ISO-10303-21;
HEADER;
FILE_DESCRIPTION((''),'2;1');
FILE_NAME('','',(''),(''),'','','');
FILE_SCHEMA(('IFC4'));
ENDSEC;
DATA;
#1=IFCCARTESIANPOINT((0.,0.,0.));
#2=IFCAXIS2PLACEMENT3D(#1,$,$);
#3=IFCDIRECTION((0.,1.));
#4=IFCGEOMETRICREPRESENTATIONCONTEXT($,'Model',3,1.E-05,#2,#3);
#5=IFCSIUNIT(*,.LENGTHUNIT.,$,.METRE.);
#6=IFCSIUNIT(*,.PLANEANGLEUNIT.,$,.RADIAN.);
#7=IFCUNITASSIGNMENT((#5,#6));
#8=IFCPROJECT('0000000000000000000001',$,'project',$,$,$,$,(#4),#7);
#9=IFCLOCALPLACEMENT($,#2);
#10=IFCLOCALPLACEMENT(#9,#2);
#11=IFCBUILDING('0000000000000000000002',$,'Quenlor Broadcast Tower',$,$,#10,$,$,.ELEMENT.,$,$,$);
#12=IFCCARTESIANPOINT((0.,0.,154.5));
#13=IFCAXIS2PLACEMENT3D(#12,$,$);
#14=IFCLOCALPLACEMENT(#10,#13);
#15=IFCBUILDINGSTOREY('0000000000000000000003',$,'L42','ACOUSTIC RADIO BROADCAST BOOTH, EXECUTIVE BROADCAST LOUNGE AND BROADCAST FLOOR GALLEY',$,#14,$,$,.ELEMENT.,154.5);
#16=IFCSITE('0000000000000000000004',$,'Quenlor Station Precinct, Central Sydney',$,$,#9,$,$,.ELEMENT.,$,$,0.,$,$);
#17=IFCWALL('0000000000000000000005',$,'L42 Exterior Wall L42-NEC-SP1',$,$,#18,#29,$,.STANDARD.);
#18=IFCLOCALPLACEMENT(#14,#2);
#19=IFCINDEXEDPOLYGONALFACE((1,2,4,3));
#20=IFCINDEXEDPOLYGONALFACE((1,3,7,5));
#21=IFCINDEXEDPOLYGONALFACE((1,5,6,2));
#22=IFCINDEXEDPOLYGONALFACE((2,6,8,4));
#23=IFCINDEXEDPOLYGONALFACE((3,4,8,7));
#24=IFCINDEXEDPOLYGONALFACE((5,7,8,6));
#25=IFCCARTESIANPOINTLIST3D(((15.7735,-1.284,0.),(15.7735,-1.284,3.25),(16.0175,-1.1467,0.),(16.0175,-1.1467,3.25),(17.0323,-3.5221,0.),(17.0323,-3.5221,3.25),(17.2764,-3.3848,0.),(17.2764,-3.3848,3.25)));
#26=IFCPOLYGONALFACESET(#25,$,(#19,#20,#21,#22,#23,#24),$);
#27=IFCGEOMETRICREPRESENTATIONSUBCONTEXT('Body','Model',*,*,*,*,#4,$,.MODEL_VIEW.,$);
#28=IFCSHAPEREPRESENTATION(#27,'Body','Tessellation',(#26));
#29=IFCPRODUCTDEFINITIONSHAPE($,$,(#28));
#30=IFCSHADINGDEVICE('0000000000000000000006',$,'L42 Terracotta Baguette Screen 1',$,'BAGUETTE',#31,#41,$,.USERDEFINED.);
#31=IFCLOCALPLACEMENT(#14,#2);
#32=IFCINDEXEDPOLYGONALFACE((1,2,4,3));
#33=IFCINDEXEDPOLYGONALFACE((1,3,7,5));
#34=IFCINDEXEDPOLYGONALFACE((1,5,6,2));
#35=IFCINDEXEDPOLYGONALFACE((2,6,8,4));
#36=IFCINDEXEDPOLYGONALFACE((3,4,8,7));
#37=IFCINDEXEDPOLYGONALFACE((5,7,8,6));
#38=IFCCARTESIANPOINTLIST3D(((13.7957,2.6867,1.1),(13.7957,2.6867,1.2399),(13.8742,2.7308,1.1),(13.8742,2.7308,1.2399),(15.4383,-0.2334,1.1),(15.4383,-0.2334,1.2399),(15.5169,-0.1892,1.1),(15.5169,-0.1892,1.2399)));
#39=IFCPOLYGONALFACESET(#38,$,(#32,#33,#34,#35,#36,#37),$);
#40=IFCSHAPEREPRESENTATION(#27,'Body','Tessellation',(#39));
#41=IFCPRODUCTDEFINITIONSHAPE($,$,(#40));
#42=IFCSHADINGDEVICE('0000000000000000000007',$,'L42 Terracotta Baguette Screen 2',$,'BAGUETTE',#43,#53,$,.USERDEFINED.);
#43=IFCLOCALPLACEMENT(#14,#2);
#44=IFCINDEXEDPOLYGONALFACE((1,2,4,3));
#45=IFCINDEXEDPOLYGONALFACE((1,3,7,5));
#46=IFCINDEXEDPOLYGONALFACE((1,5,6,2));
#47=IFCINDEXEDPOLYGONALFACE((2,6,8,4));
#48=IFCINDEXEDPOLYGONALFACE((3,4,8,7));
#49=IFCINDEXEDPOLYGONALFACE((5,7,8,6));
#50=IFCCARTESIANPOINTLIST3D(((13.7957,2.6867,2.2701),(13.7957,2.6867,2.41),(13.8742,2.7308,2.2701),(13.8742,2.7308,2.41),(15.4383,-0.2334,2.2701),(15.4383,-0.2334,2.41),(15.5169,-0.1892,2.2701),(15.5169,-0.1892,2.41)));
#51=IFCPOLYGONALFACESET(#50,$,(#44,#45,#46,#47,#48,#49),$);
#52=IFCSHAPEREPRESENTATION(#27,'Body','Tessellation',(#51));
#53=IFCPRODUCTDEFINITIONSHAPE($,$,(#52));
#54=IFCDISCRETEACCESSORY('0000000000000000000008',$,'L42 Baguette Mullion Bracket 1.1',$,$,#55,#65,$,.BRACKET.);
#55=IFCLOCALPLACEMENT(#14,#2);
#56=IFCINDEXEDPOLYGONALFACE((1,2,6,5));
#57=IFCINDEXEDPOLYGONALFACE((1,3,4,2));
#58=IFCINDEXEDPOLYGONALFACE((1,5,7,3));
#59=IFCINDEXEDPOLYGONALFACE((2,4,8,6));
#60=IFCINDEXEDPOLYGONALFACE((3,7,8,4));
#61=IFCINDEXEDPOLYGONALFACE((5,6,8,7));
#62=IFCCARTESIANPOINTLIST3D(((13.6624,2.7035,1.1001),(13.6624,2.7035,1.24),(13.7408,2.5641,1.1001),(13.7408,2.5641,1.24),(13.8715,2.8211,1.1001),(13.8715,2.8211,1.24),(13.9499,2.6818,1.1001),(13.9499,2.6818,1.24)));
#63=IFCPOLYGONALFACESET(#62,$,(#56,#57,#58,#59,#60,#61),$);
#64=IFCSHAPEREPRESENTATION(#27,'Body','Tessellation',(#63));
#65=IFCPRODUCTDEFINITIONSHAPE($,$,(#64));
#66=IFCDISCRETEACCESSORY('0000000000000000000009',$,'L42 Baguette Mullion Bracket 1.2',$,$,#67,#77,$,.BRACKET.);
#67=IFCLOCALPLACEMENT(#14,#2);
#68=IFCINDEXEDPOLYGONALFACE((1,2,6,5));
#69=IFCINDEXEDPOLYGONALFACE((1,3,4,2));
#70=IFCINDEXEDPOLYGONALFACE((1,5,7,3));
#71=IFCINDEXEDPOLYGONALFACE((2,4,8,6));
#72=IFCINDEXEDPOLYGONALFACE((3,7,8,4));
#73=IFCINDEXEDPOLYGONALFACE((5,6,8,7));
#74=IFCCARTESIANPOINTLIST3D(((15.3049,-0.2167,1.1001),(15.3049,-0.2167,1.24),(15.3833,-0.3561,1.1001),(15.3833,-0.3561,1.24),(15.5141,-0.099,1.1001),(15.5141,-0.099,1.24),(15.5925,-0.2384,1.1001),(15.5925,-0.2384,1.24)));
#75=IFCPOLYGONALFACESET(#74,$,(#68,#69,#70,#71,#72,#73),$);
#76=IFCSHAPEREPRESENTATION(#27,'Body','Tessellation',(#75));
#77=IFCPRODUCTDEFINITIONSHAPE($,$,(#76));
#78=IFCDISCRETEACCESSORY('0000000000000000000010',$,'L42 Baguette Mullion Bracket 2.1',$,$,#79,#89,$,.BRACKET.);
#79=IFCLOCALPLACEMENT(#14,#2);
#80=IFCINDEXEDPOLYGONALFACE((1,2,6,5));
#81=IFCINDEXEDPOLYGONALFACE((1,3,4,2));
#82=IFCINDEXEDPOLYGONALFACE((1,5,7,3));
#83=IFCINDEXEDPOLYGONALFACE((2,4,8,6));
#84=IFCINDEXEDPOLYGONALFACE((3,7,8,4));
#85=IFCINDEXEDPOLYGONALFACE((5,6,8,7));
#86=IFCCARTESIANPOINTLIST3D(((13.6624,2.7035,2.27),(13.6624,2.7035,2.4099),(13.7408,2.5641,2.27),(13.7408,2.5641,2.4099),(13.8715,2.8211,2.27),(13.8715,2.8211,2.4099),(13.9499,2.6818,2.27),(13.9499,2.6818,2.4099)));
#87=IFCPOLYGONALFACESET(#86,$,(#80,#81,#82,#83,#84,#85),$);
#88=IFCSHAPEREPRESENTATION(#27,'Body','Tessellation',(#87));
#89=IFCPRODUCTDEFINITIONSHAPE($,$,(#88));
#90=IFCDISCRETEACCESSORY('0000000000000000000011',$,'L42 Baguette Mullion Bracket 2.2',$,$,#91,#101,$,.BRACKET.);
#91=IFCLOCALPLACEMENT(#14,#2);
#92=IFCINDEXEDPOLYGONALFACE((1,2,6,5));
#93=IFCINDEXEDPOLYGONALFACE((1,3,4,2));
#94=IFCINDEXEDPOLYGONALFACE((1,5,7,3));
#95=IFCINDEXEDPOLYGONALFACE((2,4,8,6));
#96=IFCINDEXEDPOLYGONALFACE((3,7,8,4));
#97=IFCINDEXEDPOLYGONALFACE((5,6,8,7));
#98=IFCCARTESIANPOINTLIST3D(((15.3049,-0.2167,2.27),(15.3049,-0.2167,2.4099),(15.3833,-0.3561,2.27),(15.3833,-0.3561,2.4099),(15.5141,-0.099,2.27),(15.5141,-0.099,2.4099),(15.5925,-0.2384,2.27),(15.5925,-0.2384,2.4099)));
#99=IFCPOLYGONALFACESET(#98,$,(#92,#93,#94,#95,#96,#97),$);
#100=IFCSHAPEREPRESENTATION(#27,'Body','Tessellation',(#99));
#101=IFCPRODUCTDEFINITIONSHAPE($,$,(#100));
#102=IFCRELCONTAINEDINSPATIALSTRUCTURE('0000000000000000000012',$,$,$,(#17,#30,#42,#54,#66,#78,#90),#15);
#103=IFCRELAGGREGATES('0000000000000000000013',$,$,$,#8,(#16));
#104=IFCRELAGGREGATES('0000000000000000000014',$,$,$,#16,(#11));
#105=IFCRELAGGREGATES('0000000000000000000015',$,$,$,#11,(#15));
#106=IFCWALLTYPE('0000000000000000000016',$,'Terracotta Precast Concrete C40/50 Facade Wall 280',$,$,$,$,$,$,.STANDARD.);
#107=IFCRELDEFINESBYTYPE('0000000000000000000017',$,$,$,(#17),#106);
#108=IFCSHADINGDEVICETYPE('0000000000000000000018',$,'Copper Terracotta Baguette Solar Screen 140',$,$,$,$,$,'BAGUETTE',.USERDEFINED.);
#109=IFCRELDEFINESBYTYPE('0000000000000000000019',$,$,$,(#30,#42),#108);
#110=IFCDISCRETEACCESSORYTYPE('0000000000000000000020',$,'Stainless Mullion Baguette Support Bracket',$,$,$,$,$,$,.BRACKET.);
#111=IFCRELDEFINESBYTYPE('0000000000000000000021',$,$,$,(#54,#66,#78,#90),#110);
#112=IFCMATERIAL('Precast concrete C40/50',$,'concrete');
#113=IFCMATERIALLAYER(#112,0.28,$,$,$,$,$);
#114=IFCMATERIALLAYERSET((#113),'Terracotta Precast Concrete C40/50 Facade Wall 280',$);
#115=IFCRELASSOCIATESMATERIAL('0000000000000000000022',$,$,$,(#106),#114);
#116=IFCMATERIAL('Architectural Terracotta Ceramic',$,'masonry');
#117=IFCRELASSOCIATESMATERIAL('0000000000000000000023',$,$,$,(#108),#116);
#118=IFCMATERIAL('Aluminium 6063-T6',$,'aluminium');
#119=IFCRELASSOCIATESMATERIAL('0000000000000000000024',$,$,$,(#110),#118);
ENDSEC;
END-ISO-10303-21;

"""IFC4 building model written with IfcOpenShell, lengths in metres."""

from ifc_helpers import new_model, si_unit, direction, frame, frame_2d, origin, origin_2d, place, context, subcontext, project, spatial, rectangle, extrude, material, layer, layer_set, material_profile, profile_set, type_object, element, save


model = new_model("IFC4")

# Units and contexts
model_context = context("Model", 3, precision=1e-05, world=origin(), true_north=direction((0.0, 1.0)))
body_context = subcontext(model_context, "Body", "Model", "MODEL_VIEW")
ifc_project = project(units=[si_unit("LENGTHUNIT", "METRE"), si_unit("PLANEANGLEUNIT", "RADIAN")], contexts=[model_context])

# Site, building, storey
site_placement = place(None, origin())
site = spatial("IfcSite", under=ifc_project, at=site_placement, Name="Quenlor Station Precinct, Central Sydney", CompositionType="ELEMENT", RefElevation=0.0)
building_placement = place(site_placement, origin())
building = spatial("IfcBuilding", under=site, at=building_placement, Name="Quenlor Broadcast Tower", CompositionType="ELEMENT")
storey_placement = place(building_placement, frame((0.0, 0.0, 154.5)))
storey = spatial("IfcBuildingStorey", under=building, at=storey_placement, Name="L42", Description="ACOUSTIC RADIO BROADCAST BOOTH, EXECUTIVE BROADCAST LOUNGE AND BROADCAST FLOOR GALLEY", CompositionType="ELEMENT", Elevation=154.5)

# Wall
ifc_material_1 = material(Name="Precast concrete C40/50", Category="concrete")
ifc_layer_1 = layer(ifc_material_1, 0.28)
ifc_layer_set_1 = layer_set([ifc_layer_1], Name="Terracotta Precast Concrete C40/50 Facade Wall 280")
wall_type_1 = type_object("IfcWallType", Name="Terracotta Precast Concrete C40/50 Facade Wall 280", PredefinedType="STANDARD", material=ifc_layer_set_1)
wall_1_placement = place(storey_placement, frame((15.8955, -1.2153, 0.0), z_axis=(0.0, 0.0, 1.0), x_axis=(0.49023, -0.871593, 0.0)))
element("IfcWall", 1, at=wall_1_placement, inside=storey, type_object=wall_type_1, Name="L42 Exterior Wall L42-NEC-SP1", PredefinedType="STANDARD", context=body_context, shape_type="SweptSolid", body=[
    extrude(rectangle(XDim=2.5679, YDim=0.28, at=frame_2d((1.2839, 0.0))), origin(), (0.0, 0.0, 1.0), 3.25),
])

# Shading devices
ifc_material_2 = material(Name="Architectural Terracotta Ceramic", Category="masonry")
ifc_material_profile_1 = material_profile(ifc_material_2, rectangle(XDim=0.0901, YDim=0.1399, at=origin_2d()))
ifc_profile_set_1 = profile_set([ifc_material_profile_1], Name="Architectural Terracotta Ceramic BAG90x140")
shading_device_type = type_object("IfcShadingDeviceType", Name="Copper Terracotta Baguette Solar Screen 140", ElementType="BAGUETTE", PredefinedType="USERDEFINED", material=ifc_profile_set_1)
for number, where, z_axis, x_axis, name in (
    (2, (13.835, 2.7087, 1.1699), (0.490289, -0.87156, 0.0), (0.87156, 0.490289, 0.0), "L42 Terracotta Baguette Screen 1"),
    (3, (13.835, 2.7087, 2.3401), (0.490289, -0.87156, 0.0), (0.87156, 0.490289, 0.0), "L42 Terracotta Baguette Screen 2"),
):
    element("IfcShadingDevice", number, at=place(storey_placement, frame(where, z_axis=z_axis, x_axis=x_axis)), inside=storey, type_object=shading_device_type, Name=name, ObjectType="BAGUETTE", PredefinedType="USERDEFINED", context=body_context, shape_type="SweptSolid", body=[
        extrude(rectangle(XDim=0.0901, YDim=0.1399, at=origin_2d()), origin(), (0.0, 0.0, 1.0), 3.3503),
    ])

# Discrete accessories
ifc_material_3 = material(Name="Aluminium 6063-T6", Category="aluminium")
discrete_accessory_type = type_object("IfcDiscreteAccessoryType", Name="Stainless Mullion Baguette Support Bracket", PredefinedType="BRACKET", material=ifc_material_3)
for number, where, z_axis, x_axis, name in (
    (4, (13.8062, 2.6926, 1.1001), (0.0, 0.0, 1.0), (0.490268, -0.871572, 0.0), "L42 Baguette Mullion Bracket 1.1"),
    (5, (15.4487, -0.2275, 1.1001), (0.0, 0.0, 1.0), (0.490268, -0.871572, 0.0), "L42 Baguette Mullion Bracket 1.2"),
    (6, (13.8062, 2.6926, 2.27), (0.0, 0.0, 1.0), (0.490268, -0.871572, 0.0), "L42 Baguette Mullion Bracket 2.1"),
    (7, (15.4487, -0.2275, 2.27), (0.0, 0.0, 1.0), (0.490268, -0.871572, 0.0), "L42 Baguette Mullion Bracket 2.2"),
):
    element("IfcDiscreteAccessory", number, at=place(storey_placement, frame(where, z_axis=z_axis, x_axis=x_axis)), inside=storey, type_object=discrete_accessory_type, Name=name, PredefinedType="BRACKET", context=body_context, shape_type="SweptSolid", body=[
        extrude(rectangle(XDim=0.1599, YDim=0.24, at=origin_2d()), origin(), (0.0, 0.0, 1.0), 0.1399),
    ])

save(model, "model.ifc")
